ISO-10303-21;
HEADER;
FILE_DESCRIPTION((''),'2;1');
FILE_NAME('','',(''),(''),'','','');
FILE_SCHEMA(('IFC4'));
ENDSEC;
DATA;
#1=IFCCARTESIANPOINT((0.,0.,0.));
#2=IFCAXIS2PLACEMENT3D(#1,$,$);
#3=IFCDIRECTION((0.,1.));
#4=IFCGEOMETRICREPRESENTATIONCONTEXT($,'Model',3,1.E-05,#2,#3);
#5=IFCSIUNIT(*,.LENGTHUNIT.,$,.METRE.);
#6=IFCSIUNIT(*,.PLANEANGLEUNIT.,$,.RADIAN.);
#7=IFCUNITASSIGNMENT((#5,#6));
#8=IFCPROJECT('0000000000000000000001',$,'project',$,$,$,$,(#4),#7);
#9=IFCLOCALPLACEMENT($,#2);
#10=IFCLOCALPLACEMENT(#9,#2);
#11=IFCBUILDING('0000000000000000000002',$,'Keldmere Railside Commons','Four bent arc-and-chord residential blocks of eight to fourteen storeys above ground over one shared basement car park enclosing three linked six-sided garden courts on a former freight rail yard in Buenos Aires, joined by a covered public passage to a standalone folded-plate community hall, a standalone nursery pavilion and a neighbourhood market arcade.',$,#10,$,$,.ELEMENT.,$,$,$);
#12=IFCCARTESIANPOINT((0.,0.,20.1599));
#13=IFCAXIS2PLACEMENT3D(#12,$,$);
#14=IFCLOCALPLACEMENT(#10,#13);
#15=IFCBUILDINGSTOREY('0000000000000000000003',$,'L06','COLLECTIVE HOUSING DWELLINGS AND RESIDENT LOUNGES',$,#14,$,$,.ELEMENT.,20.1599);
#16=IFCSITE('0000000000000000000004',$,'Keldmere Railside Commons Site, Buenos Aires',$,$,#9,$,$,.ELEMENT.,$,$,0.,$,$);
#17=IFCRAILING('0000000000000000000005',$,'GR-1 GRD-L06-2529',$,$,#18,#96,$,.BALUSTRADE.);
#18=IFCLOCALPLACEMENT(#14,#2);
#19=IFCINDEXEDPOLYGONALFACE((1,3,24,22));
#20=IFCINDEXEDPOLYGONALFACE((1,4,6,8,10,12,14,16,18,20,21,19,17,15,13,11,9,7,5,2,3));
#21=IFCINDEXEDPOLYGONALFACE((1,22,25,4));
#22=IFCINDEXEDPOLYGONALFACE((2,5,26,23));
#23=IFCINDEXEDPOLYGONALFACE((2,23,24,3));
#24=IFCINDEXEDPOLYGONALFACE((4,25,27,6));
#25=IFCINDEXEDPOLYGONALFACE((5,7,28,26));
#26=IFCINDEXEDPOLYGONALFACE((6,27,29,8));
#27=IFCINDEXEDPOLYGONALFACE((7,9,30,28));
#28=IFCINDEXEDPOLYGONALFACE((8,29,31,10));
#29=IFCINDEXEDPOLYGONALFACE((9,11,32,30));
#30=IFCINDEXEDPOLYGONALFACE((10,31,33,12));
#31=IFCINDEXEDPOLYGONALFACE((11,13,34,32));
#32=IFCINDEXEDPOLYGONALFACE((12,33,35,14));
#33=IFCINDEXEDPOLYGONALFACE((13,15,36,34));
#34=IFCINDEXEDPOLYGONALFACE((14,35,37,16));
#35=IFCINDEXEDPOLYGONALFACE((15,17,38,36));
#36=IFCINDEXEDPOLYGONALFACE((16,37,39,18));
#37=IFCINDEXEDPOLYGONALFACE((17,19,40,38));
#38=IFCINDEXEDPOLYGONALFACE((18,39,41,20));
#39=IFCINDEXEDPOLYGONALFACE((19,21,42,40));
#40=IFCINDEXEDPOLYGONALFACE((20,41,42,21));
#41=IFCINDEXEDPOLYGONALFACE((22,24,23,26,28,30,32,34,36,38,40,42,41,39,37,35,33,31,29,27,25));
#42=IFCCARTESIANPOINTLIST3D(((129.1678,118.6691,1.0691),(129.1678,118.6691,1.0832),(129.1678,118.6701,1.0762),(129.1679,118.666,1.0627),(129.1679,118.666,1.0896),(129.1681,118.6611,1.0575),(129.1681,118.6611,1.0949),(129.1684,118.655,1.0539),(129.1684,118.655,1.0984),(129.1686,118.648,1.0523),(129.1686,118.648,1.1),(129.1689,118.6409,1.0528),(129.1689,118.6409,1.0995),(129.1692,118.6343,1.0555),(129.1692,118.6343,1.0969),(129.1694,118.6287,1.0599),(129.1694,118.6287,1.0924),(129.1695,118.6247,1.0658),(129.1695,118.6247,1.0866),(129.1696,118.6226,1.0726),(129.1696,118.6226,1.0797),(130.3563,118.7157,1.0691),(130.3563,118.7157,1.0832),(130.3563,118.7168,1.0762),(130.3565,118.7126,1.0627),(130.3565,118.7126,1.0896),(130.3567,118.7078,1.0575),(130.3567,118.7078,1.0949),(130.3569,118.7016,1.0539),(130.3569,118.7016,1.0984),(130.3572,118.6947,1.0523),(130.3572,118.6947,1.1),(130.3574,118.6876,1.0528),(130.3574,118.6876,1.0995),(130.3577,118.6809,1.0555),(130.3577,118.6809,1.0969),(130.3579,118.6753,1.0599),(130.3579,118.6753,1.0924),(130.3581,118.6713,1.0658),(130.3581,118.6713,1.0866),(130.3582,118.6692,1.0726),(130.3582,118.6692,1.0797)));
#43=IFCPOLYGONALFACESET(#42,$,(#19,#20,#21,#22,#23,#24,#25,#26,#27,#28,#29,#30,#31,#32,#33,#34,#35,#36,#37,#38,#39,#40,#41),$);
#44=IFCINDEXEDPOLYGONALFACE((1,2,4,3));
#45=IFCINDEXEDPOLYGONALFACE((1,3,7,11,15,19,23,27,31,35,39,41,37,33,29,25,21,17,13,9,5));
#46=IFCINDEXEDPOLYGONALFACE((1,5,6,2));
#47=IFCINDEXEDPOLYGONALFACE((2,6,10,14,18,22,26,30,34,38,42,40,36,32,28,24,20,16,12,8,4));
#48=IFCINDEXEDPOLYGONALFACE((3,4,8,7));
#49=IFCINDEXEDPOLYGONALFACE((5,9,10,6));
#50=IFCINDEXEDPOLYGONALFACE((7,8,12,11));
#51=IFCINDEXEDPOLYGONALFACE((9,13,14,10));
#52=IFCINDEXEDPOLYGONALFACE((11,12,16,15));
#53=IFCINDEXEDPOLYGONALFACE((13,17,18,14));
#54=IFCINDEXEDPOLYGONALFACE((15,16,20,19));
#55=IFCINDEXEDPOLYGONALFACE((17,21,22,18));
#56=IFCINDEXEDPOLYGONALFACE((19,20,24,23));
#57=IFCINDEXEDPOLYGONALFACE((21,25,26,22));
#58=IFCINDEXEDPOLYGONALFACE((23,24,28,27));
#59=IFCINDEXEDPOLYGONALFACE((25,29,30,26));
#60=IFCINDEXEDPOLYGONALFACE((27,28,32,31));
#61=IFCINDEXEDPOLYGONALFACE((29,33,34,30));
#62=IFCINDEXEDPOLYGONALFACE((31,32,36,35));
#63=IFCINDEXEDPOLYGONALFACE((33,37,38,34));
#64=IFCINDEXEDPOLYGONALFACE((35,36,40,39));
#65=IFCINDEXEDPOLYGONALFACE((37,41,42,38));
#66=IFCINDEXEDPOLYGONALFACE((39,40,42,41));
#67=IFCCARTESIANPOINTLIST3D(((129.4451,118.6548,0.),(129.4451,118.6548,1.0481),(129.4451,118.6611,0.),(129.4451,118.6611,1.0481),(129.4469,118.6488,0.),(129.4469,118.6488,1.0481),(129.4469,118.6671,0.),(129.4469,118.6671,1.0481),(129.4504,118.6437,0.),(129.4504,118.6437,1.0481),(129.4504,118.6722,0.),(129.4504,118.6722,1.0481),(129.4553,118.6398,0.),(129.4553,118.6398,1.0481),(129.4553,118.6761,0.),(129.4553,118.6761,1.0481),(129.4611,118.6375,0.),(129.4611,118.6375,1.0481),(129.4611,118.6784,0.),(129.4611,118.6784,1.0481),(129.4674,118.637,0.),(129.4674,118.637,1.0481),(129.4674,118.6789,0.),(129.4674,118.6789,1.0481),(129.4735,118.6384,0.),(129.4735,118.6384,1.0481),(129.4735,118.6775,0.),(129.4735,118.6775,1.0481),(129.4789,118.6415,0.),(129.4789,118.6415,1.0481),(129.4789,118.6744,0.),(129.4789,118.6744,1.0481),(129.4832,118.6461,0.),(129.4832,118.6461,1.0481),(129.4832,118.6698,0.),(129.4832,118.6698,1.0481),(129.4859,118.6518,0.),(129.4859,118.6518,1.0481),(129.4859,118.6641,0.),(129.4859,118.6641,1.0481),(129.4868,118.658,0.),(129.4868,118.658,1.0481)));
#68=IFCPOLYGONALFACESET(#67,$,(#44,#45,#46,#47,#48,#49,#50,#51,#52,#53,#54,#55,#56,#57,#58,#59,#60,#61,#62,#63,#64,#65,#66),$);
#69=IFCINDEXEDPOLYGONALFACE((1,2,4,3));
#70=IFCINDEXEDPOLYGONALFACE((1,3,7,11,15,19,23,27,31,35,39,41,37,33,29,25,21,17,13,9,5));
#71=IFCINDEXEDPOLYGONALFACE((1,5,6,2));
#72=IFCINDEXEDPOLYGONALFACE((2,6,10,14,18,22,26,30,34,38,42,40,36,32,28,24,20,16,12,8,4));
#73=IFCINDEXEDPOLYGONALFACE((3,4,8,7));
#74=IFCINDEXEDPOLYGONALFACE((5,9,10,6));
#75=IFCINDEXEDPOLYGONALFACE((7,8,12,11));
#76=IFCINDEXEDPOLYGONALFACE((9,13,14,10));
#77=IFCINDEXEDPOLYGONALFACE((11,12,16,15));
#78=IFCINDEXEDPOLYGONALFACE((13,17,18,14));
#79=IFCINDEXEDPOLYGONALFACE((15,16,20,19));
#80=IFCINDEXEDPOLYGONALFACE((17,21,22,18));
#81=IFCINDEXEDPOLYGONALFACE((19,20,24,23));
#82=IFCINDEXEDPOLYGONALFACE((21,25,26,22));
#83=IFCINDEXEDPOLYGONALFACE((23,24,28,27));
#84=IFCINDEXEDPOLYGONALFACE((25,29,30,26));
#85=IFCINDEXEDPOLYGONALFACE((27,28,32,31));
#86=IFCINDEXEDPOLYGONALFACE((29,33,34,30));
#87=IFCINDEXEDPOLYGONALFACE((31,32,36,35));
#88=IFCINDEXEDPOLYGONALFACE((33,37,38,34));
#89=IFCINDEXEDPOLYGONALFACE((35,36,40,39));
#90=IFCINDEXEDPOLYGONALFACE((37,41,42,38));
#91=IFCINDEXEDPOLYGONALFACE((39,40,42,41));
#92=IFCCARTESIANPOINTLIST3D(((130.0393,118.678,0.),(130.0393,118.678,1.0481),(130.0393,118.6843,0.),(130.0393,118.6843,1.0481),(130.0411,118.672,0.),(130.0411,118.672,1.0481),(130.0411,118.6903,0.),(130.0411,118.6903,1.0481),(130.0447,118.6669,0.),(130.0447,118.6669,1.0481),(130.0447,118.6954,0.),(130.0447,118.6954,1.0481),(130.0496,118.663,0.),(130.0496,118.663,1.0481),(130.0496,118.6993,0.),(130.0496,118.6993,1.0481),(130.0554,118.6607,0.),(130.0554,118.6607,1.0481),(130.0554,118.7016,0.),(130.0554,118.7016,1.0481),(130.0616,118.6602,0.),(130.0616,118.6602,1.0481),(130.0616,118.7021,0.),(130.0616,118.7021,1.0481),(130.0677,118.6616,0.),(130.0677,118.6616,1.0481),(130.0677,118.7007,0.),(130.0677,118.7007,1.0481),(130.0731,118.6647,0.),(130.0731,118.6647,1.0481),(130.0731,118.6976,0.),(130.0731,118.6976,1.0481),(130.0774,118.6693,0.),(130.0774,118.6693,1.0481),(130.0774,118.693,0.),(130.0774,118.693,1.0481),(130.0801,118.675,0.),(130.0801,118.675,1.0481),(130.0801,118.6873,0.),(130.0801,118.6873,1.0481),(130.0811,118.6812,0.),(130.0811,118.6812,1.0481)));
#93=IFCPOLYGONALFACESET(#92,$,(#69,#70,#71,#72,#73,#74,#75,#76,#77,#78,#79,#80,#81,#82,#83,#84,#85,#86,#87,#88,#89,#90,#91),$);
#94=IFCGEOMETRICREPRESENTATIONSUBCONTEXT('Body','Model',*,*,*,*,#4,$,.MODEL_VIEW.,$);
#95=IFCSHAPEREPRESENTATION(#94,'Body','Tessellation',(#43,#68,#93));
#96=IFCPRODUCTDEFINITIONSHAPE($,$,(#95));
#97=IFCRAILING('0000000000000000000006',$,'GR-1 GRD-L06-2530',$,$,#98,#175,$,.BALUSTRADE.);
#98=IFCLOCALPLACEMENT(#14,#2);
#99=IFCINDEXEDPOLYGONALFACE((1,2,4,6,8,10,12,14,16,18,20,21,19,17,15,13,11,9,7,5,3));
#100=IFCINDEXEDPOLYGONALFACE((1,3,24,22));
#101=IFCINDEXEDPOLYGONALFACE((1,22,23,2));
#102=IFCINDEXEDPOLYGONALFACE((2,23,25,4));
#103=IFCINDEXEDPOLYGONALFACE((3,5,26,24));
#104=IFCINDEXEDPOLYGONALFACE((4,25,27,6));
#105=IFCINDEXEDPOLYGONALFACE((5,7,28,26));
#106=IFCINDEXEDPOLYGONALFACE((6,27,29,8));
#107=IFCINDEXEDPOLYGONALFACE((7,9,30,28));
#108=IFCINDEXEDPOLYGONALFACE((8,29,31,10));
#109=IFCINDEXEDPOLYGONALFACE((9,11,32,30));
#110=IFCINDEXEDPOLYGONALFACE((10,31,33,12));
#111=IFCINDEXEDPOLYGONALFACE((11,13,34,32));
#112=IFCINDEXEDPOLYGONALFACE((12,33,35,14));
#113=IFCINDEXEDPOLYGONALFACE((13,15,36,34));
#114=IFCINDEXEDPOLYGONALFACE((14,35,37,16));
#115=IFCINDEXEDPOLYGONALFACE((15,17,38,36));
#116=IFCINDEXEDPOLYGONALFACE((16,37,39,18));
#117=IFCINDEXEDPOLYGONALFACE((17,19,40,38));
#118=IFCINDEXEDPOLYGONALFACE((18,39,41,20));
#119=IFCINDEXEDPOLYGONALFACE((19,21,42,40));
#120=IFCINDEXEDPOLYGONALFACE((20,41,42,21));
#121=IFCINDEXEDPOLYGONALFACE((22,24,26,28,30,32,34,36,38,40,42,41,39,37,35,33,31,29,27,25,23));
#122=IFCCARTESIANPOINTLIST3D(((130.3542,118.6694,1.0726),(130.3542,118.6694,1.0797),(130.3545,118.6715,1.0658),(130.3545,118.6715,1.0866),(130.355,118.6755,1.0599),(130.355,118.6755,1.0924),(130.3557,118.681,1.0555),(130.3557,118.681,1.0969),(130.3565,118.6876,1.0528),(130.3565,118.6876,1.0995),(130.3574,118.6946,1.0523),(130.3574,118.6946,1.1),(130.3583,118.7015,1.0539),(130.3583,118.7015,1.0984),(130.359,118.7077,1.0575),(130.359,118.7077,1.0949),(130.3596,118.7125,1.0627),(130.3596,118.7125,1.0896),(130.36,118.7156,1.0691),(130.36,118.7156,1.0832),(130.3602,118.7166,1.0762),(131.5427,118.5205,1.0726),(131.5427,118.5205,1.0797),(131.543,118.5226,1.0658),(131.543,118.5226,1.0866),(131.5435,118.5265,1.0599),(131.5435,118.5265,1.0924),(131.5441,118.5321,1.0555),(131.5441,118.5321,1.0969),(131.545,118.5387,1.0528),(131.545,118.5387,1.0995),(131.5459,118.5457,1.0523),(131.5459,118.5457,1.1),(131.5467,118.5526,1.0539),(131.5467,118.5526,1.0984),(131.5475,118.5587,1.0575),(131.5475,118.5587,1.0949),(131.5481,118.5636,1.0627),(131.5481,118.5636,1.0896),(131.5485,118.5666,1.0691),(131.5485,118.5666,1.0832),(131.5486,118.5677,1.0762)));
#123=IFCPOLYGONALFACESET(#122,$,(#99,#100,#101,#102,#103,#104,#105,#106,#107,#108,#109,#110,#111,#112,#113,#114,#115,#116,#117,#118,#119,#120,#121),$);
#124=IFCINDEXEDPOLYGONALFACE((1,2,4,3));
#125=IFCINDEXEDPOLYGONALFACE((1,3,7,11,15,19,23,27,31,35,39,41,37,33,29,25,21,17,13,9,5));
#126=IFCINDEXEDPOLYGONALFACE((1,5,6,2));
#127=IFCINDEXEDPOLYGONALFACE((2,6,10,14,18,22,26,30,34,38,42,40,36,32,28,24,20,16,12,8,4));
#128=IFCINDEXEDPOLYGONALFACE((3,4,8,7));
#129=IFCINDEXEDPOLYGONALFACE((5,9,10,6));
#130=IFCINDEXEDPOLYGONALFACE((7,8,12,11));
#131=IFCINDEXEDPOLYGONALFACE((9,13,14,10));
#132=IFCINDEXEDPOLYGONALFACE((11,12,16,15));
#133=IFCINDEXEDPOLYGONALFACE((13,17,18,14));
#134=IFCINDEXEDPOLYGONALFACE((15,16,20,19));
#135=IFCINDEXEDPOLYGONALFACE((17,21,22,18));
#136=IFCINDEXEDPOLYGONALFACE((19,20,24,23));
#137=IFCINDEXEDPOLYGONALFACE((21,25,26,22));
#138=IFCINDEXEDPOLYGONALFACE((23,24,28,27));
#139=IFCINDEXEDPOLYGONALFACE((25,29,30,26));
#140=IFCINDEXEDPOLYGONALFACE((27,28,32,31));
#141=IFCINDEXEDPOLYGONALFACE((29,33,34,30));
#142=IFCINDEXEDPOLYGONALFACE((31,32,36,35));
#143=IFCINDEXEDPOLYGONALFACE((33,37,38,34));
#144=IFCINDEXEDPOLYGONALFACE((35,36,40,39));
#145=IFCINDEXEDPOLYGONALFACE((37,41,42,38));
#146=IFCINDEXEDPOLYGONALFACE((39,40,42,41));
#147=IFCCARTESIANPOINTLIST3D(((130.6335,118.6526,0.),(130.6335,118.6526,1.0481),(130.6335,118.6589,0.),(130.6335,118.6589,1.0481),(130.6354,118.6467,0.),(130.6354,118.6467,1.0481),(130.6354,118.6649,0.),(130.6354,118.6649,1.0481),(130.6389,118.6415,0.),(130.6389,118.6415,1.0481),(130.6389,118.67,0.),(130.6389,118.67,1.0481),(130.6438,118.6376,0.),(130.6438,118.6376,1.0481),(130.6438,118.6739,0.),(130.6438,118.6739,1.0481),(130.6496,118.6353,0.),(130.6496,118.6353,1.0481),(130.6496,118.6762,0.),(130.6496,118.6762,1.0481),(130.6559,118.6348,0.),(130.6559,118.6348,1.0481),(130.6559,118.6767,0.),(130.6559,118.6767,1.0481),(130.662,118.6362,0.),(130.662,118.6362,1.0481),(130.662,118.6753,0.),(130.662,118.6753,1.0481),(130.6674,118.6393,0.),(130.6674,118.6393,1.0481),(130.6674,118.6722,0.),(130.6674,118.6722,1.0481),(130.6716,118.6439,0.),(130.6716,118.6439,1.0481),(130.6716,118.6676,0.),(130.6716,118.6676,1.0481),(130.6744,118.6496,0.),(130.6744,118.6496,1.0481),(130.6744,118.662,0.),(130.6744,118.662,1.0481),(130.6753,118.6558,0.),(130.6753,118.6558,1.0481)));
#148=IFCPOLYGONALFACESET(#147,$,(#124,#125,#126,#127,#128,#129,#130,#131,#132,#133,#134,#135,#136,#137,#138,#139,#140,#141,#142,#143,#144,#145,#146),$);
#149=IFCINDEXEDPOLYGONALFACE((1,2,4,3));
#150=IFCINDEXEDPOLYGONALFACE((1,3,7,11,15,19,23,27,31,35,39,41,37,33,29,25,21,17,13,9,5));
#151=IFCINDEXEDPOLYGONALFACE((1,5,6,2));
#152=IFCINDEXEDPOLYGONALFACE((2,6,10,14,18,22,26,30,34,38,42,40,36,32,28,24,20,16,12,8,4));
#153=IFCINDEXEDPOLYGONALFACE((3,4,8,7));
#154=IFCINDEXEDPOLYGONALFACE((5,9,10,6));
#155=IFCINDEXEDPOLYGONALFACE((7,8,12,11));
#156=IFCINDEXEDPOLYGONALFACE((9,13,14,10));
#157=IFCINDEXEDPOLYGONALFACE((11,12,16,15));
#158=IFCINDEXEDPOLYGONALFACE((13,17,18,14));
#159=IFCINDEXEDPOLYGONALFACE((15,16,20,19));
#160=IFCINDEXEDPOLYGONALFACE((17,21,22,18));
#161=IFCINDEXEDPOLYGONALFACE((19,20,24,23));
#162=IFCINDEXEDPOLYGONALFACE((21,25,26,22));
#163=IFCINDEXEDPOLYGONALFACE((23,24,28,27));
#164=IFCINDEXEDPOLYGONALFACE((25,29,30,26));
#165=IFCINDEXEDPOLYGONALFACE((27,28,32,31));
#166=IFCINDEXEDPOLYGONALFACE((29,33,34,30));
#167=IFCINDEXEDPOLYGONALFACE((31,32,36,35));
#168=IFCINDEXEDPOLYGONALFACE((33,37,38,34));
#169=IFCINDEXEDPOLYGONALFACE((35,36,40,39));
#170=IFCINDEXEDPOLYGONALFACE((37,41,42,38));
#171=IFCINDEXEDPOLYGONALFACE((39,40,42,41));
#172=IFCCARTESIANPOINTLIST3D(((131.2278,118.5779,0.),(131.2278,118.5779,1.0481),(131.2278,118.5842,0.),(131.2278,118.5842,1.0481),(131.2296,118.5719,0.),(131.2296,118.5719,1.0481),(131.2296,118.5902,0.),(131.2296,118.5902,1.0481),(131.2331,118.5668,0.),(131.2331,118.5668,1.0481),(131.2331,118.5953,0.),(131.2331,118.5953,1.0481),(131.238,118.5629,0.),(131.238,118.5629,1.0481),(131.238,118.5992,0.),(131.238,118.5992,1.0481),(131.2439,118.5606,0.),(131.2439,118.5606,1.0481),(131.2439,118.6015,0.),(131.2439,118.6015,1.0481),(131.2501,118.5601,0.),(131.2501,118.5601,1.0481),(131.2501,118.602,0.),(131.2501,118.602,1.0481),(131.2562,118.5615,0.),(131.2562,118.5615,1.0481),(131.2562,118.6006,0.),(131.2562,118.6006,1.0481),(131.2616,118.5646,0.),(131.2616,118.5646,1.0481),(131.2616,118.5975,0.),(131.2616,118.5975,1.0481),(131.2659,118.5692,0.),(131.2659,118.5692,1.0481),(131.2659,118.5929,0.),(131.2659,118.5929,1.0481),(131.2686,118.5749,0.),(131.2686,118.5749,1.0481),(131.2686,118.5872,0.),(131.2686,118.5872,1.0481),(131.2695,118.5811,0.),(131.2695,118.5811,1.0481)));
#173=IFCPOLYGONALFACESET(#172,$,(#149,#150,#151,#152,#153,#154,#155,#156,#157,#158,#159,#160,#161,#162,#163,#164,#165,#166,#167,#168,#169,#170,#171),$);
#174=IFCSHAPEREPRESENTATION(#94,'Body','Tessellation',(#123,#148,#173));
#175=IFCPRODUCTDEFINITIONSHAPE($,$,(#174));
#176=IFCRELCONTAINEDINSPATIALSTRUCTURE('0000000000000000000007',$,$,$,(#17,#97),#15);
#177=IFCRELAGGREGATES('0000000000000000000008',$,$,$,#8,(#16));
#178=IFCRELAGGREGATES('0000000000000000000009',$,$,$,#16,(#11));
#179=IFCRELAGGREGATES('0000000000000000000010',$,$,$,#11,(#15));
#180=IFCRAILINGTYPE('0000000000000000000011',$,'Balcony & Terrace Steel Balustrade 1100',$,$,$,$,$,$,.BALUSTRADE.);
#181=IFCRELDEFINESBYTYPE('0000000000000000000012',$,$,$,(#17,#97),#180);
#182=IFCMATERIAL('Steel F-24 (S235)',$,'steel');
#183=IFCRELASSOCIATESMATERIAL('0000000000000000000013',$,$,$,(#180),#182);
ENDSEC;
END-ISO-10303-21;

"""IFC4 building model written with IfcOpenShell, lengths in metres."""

from ifc_helpers import new_model, si_unit, direction, frame, origin, origin_2d, place, context, subcontext, project, spatial, circle, extrude, material, type_object, element, save


model = new_model("IFC4")

# Units and contexts
model_context = context("Model", 3, precision=1e-05, world=origin(), true_north=direction((0.0, 1.0)))
body_context = subcontext(model_context, "Body", "Model", "MODEL_VIEW")
ifc_project = project(units=[si_unit("LENGTHUNIT", "METRE"), si_unit("PLANEANGLEUNIT", "RADIAN")], contexts=[model_context])

# Site, building, storey
site_placement = place(None, origin())
site = spatial("IfcSite", under=ifc_project, at=site_placement, Name="Keldmere Railside Commons Site, Buenos Aires", CompositionType="ELEMENT", RefElevation=0.0)
building_placement = place(site_placement, origin())
building = spatial("IfcBuilding", under=site, at=building_placement, Name="Keldmere Railside Commons", Description="Four bent arc-and-chord residential blocks of eight to fourteen storeys above ground over one shared basement car park enclosing three linked six-sided garden courts on a former freight rail yard in Buenos Aires, joined by a covered public passage to a standalone folded-plate community hall, a standalone nursery pavilion and a neighbourhood market arcade.", CompositionType="ELEMENT")
storey_placement = place(building_placement, frame((0.0, 0.0, 20.1599)))
storey = spatial("IfcBuildingStorey", under=building, at=storey_placement, Name="L06", Description="COLLECTIVE HOUSING DWELLINGS AND RESIDENT LOUNGES", CompositionType="ELEMENT", Elevation=20.1599)

# Railings
ifc_material_1 = material(Name="Steel F-24 (S235)", Category="steel")
railing_type_1 = type_object("IfcRailingType", Name="Balcony & Terrace Steel Balustrade 1100", PredefinedType="BALUSTRADE", material=ifc_material_1)
railing_1_placement = place(storey_placement, frame((129.1687, 118.6462, 0.0)))
element("IfcRailing", 1, at=railing_1_placement, inside=storey, type_object=railing_type_1, Name="GR-1 GRD-L06-2529", PredefinedType="BALUSTRADE", context=body_context, shape_type="SweptSolid", body=[
    extrude(circle(Radius=0.0239, at=origin_2d()), frame((0.0, 0.0, 1.0762), z_axis=(0.999231, 0.039206, 0.0), x_axis=(-0.039206, 0.999231, 0.0)), (0.0, 0.0, 1.0), 1.1895),
    extrude(circle(Radius=0.021, at=origin_2d()), frame((0.2971, 0.0117, 0.0)), (0.0, 0.0, 1.0), 1.0481),
    extrude(circle(Radius=0.021, at=origin_2d()), frame((0.8914, 0.0349, 0.0)), (0.0, 0.0, 1.0), 1.0481),
])
railing_2_placement = place(storey_placement, frame((130.3572, 118.6929, 0.0)))
element("IfcRailing", 2, at=railing_2_placement, inside=storey, type_object=railing_type_1, Name="GR-1 GRD-L06-2530", PredefinedType="BALUSTRADE", context=body_context, shape_type="SweptSolid", body=[
    extrude(circle(Radius=0.0239, at=origin_2d()), frame((0.0, 0.0, 1.0762), z_axis=(0.99224, -0.124336, 0.0), x_axis=(0.124336, 0.99224, 0.0)), (0.0, 0.0, 1.0), 1.1978),
    extrude(circle(Radius=0.021, at=origin_2d()), frame((0.2971, -0.0371, 0.0)), (0.0, 0.0, 1.0), 1.0481),
    extrude(circle(Radius=0.021, at=origin_2d()), frame((0.8914, -0.1118, 0.0)), (0.0, 0.0, 1.0), 1.0481),
])

save(model, "model.ifc")
